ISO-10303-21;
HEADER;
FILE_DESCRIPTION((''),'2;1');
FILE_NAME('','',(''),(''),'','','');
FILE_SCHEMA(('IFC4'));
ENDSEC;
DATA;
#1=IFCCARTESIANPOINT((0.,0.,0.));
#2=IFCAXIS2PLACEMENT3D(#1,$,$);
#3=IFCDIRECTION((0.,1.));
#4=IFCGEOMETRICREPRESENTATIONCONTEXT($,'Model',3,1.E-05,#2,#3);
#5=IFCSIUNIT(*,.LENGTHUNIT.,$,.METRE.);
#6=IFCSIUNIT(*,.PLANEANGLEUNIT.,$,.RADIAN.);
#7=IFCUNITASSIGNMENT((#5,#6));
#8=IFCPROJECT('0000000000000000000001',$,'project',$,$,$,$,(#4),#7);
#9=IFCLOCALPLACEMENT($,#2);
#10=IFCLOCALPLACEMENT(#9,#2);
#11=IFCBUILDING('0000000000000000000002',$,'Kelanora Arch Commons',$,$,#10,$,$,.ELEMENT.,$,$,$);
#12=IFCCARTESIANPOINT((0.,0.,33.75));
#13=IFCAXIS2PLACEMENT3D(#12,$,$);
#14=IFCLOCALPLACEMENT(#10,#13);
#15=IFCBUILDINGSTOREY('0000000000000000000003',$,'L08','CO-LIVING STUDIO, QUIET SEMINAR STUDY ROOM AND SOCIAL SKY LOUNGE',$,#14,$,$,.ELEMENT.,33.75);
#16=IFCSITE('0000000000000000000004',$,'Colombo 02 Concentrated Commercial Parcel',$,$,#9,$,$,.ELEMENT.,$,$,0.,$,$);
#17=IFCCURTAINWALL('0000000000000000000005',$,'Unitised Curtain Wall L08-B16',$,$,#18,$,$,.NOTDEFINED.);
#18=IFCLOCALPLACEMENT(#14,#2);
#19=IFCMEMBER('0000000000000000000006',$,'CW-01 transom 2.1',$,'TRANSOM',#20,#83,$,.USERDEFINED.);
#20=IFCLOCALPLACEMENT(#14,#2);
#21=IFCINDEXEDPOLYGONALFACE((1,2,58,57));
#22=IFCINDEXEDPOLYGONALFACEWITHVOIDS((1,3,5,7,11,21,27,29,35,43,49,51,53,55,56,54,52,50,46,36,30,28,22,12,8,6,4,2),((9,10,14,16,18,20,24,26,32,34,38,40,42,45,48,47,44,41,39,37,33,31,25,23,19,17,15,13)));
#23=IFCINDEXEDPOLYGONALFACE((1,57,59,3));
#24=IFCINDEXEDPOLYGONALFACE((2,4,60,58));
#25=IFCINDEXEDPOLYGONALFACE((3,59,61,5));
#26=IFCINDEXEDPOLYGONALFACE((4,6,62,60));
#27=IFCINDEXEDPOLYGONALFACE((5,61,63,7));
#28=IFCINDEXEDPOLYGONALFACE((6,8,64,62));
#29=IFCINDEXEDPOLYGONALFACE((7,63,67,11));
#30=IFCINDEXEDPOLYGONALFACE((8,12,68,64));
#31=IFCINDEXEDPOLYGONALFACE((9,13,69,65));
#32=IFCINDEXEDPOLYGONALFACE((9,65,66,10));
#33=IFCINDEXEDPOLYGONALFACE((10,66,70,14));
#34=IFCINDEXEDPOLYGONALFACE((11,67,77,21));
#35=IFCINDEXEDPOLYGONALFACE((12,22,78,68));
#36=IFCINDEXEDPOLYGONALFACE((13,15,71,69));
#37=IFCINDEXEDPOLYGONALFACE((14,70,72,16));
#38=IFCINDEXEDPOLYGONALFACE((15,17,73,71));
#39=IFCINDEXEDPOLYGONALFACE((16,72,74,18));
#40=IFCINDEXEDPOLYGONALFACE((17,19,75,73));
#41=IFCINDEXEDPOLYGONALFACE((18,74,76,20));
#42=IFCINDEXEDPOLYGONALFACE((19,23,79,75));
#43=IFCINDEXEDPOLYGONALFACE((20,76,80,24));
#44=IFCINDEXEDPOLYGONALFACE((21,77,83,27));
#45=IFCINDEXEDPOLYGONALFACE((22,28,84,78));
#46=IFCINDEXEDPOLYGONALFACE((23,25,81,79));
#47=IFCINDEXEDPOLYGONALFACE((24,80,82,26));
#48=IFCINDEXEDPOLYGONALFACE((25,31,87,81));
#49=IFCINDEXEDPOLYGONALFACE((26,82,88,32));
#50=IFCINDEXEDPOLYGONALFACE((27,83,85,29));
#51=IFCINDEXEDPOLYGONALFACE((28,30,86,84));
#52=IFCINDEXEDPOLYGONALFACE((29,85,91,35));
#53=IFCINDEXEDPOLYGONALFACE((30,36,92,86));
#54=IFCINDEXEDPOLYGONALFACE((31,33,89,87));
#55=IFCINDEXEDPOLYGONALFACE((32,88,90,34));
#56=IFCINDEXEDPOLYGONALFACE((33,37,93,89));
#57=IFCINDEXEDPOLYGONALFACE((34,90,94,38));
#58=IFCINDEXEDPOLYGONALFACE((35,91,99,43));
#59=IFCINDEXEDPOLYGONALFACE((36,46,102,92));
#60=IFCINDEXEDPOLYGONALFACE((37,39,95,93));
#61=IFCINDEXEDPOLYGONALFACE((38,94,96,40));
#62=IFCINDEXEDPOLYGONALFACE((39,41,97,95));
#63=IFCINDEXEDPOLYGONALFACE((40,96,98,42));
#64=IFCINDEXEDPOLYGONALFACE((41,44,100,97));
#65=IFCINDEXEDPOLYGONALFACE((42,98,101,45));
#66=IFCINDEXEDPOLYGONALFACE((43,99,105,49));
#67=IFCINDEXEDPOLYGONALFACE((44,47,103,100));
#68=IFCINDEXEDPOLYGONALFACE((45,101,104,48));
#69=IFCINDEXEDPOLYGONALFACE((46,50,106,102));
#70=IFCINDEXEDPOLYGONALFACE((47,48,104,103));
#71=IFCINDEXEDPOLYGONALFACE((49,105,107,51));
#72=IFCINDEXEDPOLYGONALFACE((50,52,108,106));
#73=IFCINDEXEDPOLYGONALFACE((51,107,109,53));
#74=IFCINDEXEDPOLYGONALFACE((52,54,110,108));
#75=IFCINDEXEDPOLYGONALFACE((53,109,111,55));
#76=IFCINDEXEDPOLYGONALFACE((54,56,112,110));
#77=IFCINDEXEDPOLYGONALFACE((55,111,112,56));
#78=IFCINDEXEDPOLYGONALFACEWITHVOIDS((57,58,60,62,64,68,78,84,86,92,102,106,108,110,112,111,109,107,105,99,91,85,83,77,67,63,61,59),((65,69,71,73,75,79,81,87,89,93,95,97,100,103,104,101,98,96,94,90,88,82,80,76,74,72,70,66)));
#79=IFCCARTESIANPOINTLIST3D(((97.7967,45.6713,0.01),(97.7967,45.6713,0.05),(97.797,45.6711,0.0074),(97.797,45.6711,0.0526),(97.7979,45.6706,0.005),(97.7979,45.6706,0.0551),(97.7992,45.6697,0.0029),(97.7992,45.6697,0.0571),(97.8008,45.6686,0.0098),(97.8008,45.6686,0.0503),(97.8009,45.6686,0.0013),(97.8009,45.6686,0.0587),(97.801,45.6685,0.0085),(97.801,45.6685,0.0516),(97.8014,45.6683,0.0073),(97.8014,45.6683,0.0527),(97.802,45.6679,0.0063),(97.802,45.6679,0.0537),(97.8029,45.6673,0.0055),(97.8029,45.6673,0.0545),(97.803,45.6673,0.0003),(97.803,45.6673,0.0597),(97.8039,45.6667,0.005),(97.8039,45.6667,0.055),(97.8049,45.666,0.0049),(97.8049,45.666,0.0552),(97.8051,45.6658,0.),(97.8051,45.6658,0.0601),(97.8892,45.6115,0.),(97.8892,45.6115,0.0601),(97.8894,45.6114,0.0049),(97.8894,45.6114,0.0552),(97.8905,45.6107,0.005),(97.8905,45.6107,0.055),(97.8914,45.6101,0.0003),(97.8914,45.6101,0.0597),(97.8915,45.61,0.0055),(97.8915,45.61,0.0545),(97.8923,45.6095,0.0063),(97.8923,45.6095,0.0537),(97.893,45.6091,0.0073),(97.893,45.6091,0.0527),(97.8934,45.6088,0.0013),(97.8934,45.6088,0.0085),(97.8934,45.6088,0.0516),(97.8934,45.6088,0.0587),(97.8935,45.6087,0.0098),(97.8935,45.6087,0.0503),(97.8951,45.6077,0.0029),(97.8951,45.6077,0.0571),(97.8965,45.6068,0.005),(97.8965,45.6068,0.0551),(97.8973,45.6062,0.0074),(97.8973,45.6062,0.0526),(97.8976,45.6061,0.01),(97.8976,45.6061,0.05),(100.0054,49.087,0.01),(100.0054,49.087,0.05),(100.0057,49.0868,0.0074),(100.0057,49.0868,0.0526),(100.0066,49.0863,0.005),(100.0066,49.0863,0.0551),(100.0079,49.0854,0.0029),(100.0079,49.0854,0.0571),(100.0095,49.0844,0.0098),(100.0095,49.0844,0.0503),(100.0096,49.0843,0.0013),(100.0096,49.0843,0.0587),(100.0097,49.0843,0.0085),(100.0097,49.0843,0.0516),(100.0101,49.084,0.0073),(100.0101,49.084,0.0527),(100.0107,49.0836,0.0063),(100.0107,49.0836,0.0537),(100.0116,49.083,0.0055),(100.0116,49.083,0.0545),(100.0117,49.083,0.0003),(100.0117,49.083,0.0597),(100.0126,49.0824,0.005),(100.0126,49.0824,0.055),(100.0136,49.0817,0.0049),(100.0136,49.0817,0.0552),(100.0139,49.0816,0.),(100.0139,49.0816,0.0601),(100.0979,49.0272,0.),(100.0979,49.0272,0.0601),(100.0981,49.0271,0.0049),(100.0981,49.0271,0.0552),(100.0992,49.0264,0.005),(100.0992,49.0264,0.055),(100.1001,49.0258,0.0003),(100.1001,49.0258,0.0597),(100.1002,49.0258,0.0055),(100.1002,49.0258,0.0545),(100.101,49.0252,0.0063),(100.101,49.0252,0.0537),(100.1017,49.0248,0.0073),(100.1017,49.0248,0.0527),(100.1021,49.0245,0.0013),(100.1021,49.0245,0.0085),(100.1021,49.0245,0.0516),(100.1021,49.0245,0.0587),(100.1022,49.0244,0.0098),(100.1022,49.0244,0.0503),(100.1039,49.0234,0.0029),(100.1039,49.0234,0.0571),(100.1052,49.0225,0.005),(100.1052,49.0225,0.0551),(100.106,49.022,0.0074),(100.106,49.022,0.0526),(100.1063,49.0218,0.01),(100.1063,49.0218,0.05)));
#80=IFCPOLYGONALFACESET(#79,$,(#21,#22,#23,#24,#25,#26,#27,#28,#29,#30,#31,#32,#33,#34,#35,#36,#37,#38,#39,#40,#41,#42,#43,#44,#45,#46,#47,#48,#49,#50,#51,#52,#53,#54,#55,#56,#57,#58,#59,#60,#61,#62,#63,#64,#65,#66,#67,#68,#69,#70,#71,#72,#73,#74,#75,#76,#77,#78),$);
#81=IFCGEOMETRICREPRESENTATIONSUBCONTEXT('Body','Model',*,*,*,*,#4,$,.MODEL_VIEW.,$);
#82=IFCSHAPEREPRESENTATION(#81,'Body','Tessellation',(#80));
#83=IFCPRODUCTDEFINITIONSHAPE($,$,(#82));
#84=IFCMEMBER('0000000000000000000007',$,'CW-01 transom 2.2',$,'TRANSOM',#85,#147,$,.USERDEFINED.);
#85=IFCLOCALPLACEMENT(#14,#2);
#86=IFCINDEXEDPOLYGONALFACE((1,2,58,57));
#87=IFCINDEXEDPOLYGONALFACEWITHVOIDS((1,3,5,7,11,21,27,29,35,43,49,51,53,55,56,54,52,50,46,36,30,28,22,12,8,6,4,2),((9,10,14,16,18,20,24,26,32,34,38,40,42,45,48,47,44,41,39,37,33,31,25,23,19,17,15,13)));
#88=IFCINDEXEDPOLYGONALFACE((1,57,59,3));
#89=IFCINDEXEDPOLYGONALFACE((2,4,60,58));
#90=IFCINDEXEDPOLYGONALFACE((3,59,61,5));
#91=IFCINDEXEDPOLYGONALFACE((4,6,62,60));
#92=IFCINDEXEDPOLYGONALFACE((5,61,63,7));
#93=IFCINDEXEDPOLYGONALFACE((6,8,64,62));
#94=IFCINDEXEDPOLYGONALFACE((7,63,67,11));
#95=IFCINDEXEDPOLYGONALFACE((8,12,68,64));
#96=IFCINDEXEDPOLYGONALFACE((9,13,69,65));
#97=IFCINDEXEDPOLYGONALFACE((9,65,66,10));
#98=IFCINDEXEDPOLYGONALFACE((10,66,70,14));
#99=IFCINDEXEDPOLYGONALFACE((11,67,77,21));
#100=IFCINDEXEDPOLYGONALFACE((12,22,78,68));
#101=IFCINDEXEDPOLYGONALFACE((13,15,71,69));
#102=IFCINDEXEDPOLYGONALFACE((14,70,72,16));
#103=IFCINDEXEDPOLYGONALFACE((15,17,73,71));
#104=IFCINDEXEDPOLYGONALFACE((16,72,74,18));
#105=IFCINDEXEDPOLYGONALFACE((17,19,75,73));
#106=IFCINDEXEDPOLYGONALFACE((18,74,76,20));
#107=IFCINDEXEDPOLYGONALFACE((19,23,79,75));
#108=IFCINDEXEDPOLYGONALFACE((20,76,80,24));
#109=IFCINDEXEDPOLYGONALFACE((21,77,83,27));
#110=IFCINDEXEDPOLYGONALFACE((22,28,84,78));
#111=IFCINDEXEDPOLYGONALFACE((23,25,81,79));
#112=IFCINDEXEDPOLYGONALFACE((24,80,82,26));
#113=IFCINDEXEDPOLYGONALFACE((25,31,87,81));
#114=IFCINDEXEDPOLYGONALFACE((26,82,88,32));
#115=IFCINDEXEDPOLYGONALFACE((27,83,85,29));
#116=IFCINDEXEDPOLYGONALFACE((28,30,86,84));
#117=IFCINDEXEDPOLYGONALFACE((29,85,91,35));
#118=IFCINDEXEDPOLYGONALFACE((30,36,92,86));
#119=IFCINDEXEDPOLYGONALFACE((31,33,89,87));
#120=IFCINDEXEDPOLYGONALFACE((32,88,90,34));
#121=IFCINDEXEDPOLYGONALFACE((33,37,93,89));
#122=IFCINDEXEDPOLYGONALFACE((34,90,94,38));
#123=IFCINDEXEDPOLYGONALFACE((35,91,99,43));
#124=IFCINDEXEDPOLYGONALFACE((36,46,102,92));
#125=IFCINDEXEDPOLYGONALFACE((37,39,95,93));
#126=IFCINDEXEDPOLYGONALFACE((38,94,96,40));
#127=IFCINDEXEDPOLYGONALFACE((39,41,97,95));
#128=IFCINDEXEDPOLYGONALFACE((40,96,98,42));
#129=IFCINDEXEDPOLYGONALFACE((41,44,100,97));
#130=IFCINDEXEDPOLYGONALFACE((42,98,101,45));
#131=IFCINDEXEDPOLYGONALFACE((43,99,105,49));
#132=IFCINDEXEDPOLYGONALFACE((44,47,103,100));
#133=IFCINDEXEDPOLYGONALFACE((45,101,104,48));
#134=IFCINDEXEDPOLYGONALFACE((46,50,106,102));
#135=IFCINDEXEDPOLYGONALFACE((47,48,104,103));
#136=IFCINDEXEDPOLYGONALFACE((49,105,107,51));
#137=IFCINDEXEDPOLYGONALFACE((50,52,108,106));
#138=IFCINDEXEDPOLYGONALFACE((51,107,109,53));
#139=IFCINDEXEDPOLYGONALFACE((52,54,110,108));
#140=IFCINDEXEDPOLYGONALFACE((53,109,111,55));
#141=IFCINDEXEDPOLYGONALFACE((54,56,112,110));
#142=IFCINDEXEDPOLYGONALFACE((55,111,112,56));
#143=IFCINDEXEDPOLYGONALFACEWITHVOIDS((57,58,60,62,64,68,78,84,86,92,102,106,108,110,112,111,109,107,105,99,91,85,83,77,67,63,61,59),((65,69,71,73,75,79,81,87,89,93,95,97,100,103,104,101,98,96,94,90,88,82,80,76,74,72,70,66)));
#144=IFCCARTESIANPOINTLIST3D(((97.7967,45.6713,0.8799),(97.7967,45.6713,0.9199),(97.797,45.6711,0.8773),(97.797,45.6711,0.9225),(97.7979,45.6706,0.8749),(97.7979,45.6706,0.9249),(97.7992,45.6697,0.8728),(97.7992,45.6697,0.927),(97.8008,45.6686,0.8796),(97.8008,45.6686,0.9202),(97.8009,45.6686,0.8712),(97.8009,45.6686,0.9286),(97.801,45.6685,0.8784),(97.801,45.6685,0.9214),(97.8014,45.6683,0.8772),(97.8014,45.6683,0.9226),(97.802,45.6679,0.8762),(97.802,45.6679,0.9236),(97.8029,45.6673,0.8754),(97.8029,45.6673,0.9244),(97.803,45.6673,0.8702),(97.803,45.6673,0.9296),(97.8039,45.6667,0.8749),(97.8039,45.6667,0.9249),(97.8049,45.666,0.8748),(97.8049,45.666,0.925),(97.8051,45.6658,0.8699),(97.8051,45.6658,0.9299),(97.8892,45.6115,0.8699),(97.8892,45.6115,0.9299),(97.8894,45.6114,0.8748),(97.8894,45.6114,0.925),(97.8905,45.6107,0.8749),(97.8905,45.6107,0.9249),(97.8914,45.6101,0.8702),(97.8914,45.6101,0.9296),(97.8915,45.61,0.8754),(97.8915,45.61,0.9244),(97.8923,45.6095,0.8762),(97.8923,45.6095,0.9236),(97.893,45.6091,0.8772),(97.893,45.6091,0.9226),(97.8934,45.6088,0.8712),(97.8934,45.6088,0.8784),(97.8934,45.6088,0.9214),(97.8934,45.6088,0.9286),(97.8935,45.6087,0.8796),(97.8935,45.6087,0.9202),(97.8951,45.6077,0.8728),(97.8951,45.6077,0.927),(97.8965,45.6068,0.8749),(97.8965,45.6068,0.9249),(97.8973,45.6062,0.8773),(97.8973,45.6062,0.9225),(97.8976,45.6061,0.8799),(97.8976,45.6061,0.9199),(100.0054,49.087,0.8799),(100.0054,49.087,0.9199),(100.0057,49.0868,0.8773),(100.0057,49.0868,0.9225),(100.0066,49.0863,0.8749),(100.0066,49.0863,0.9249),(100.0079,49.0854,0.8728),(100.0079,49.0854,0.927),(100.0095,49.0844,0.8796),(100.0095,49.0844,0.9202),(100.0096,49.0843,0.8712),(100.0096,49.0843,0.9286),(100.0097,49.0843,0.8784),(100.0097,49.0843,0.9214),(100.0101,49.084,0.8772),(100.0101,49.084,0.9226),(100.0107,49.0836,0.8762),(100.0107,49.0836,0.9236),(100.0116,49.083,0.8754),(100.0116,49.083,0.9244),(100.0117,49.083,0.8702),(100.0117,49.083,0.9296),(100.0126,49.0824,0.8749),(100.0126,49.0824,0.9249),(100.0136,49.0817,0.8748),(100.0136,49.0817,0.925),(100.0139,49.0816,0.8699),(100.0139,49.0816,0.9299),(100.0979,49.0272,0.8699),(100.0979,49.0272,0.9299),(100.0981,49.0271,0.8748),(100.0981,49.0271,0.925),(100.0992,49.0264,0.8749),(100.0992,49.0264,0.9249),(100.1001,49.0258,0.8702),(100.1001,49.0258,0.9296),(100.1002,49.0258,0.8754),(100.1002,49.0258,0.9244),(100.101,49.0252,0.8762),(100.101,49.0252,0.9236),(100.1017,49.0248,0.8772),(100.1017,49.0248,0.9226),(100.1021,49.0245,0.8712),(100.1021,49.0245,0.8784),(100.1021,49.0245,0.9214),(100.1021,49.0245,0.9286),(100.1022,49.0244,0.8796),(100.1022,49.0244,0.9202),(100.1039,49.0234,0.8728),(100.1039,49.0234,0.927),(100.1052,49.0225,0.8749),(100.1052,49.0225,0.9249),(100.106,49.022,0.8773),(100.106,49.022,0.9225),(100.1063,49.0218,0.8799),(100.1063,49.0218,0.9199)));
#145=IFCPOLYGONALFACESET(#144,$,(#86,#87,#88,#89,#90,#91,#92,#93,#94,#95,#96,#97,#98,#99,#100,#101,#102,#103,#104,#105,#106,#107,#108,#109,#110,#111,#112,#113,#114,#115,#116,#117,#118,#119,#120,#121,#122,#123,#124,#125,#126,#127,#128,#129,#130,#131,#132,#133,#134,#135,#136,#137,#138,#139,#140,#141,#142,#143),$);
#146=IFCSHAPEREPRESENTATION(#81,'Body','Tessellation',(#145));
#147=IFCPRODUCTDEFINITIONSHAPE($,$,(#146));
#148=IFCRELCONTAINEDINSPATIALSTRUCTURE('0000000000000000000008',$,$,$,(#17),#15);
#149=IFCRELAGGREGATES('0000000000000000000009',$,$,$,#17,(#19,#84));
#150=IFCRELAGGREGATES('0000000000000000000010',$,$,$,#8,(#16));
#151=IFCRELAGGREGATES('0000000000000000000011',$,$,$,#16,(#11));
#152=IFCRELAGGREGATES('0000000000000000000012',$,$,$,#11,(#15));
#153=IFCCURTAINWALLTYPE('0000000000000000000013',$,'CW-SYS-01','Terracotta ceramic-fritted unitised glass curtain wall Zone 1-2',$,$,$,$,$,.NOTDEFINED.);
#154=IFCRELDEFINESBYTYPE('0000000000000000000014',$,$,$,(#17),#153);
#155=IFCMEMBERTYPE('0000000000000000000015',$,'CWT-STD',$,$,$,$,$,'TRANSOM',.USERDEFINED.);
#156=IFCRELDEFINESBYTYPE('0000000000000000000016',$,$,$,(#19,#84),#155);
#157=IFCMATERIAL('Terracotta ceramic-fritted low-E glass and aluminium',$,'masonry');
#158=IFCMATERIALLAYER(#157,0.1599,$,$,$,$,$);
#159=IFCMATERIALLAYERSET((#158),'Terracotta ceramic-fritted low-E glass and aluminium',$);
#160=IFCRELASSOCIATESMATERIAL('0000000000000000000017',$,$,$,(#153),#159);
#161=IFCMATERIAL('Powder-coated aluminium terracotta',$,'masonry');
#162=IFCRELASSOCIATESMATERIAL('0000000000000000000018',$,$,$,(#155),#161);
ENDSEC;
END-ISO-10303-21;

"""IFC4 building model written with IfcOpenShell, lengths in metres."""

from ifc_helpers import new_model, si_unit, direction, frame, origin, origin_2d, place, context, subcontext, project, spatial, hollow_rectangle, extrude, material, layer, layer_set, material_profile, profile_set, type_object, element, aggregate, save


model = new_model("IFC4")

# Units and contexts
model_context = context("Model", 3, precision=1e-05, world=origin(), true_north=direction((0.0, 1.0)))
body_context = subcontext(model_context, "Body", "Model", "MODEL_VIEW")
ifc_project = project(units=[si_unit("LENGTHUNIT", "METRE"), si_unit("PLANEANGLEUNIT", "RADIAN")], contexts=[model_context])

# Site, building, storey
site_placement = place(None, origin())
site = spatial("IfcSite", under=ifc_project, at=site_placement, Name="Colombo 02 Concentrated Commercial Parcel", CompositionType="ELEMENT", RefElevation=0.0)
building_placement = place(site_placement, origin())
building = spatial("IfcBuilding", under=site, at=building_placement, Name="Kelanora Arch Commons", CompositionType="ELEMENT")
storey_placement = place(building_placement, frame((0.0, 0.0, 33.75)))
storey = spatial("IfcBuildingStorey", under=building, at=storey_placement, Name="L08", Description="CO-LIVING STUDIO, QUIET SEMINAR STUDY ROOM AND SOCIAL SKY LOUNGE", CompositionType="ELEMENT", Elevation=33.75)

# Shared definitions
ifc_material_1 = material(Name="Terracotta ceramic-fritted low-E glass and aluminium", Category="masonry")
ifc_layer_1 = layer(ifc_material_1, 0.1599)
ifc_layer_set_1 = layer_set([ifc_layer_1], Name="Terracotta ceramic-fritted low-E glass and aluminium")
curtain_wall_type = type_object("IfcCurtainWallType", Name="CW-SYS-01", Description="Terracotta ceramic-fritted unitised glass curtain wall Zone 1-2", PredefinedType="NOTDEFINED", material=ifc_layer_set_1)
ifc_material_2 = material(Name="Powder-coated aluminium terracotta", Category="masonry")

# Curtain wall, members
curtain_wall_1_placement = place(storey_placement, origin())
curtain_wall_1 = element("IfcCurtainWall", 1, at=curtain_wall_1_placement, inside=storey, type_object=curtain_wall_type, Name="Unitised Curtain Wall L08-B16", PredefinedType="NOTDEFINED")
ifc_material_profile_1 = material_profile(ifc_material_2, hollow_rectangle(XDim=0.1201, YDim=0.0601, WallThickness=0.0049, InnerFilletRadius=0.0049, OuterFilletRadius=0.01, at=origin_2d()), Name="CWT120x60")
ifc_profile_set_1 = profile_set([ifc_material_profile_1], Name="Powder-coated aluminium terracotta")
member_type_1 = type_object("IfcMemberType", Name="CWT-STD", ElementType="TRANSOM", PredefinedType="USERDEFINED", material=ifc_profile_set_1)
member_1_placement = place(storey_placement, frame((97.8472, 45.6387, 0.03), z_axis=(0.542997, 0.839734, 0.0), x_axis=(-0.839734, 0.542997, 0.0)))
member_1 = element("IfcMember", 2, at=member_1_placement, type_object=member_type_1, Name="CW-01 transom 2.1", ObjectType="TRANSOM", PredefinedType="USERDEFINED", context=body_context, shape_type="SweptSolid", body=[
    extrude(hollow_rectangle(XDim=0.1201, YDim=0.0601, WallThickness=0.0049, InnerFilletRadius=0.0049, OuterFilletRadius=0.01, at=origin_2d()), origin(), (0.0, 0.0, 1.0), 4.0676),
])
member_2_placement = place(storey_placement, frame((97.8472, 45.6387, 0.8999), z_axis=(0.542997, 0.839734, 0.0), x_axis=(-0.839734, 0.542997, 0.0)))
member_2 = element("IfcMember", 3, at=member_2_placement, type_object=member_type_1, Name="CW-01 transom 2.2", ObjectType="TRANSOM", PredefinedType="USERDEFINED", context=body_context, shape_type="SweptSolid", body=[
    extrude(hollow_rectangle(XDim=0.1201, YDim=0.0601, WallThickness=0.0049, InnerFilletRadius=0.0049, OuterFilletRadius=0.01, at=origin_2d()), origin(), (0.0, 0.0, 1.0), 4.0676),
])
aggregate(curtain_wall_1, [member_1, member_2])

save(model, "model.ifc")
